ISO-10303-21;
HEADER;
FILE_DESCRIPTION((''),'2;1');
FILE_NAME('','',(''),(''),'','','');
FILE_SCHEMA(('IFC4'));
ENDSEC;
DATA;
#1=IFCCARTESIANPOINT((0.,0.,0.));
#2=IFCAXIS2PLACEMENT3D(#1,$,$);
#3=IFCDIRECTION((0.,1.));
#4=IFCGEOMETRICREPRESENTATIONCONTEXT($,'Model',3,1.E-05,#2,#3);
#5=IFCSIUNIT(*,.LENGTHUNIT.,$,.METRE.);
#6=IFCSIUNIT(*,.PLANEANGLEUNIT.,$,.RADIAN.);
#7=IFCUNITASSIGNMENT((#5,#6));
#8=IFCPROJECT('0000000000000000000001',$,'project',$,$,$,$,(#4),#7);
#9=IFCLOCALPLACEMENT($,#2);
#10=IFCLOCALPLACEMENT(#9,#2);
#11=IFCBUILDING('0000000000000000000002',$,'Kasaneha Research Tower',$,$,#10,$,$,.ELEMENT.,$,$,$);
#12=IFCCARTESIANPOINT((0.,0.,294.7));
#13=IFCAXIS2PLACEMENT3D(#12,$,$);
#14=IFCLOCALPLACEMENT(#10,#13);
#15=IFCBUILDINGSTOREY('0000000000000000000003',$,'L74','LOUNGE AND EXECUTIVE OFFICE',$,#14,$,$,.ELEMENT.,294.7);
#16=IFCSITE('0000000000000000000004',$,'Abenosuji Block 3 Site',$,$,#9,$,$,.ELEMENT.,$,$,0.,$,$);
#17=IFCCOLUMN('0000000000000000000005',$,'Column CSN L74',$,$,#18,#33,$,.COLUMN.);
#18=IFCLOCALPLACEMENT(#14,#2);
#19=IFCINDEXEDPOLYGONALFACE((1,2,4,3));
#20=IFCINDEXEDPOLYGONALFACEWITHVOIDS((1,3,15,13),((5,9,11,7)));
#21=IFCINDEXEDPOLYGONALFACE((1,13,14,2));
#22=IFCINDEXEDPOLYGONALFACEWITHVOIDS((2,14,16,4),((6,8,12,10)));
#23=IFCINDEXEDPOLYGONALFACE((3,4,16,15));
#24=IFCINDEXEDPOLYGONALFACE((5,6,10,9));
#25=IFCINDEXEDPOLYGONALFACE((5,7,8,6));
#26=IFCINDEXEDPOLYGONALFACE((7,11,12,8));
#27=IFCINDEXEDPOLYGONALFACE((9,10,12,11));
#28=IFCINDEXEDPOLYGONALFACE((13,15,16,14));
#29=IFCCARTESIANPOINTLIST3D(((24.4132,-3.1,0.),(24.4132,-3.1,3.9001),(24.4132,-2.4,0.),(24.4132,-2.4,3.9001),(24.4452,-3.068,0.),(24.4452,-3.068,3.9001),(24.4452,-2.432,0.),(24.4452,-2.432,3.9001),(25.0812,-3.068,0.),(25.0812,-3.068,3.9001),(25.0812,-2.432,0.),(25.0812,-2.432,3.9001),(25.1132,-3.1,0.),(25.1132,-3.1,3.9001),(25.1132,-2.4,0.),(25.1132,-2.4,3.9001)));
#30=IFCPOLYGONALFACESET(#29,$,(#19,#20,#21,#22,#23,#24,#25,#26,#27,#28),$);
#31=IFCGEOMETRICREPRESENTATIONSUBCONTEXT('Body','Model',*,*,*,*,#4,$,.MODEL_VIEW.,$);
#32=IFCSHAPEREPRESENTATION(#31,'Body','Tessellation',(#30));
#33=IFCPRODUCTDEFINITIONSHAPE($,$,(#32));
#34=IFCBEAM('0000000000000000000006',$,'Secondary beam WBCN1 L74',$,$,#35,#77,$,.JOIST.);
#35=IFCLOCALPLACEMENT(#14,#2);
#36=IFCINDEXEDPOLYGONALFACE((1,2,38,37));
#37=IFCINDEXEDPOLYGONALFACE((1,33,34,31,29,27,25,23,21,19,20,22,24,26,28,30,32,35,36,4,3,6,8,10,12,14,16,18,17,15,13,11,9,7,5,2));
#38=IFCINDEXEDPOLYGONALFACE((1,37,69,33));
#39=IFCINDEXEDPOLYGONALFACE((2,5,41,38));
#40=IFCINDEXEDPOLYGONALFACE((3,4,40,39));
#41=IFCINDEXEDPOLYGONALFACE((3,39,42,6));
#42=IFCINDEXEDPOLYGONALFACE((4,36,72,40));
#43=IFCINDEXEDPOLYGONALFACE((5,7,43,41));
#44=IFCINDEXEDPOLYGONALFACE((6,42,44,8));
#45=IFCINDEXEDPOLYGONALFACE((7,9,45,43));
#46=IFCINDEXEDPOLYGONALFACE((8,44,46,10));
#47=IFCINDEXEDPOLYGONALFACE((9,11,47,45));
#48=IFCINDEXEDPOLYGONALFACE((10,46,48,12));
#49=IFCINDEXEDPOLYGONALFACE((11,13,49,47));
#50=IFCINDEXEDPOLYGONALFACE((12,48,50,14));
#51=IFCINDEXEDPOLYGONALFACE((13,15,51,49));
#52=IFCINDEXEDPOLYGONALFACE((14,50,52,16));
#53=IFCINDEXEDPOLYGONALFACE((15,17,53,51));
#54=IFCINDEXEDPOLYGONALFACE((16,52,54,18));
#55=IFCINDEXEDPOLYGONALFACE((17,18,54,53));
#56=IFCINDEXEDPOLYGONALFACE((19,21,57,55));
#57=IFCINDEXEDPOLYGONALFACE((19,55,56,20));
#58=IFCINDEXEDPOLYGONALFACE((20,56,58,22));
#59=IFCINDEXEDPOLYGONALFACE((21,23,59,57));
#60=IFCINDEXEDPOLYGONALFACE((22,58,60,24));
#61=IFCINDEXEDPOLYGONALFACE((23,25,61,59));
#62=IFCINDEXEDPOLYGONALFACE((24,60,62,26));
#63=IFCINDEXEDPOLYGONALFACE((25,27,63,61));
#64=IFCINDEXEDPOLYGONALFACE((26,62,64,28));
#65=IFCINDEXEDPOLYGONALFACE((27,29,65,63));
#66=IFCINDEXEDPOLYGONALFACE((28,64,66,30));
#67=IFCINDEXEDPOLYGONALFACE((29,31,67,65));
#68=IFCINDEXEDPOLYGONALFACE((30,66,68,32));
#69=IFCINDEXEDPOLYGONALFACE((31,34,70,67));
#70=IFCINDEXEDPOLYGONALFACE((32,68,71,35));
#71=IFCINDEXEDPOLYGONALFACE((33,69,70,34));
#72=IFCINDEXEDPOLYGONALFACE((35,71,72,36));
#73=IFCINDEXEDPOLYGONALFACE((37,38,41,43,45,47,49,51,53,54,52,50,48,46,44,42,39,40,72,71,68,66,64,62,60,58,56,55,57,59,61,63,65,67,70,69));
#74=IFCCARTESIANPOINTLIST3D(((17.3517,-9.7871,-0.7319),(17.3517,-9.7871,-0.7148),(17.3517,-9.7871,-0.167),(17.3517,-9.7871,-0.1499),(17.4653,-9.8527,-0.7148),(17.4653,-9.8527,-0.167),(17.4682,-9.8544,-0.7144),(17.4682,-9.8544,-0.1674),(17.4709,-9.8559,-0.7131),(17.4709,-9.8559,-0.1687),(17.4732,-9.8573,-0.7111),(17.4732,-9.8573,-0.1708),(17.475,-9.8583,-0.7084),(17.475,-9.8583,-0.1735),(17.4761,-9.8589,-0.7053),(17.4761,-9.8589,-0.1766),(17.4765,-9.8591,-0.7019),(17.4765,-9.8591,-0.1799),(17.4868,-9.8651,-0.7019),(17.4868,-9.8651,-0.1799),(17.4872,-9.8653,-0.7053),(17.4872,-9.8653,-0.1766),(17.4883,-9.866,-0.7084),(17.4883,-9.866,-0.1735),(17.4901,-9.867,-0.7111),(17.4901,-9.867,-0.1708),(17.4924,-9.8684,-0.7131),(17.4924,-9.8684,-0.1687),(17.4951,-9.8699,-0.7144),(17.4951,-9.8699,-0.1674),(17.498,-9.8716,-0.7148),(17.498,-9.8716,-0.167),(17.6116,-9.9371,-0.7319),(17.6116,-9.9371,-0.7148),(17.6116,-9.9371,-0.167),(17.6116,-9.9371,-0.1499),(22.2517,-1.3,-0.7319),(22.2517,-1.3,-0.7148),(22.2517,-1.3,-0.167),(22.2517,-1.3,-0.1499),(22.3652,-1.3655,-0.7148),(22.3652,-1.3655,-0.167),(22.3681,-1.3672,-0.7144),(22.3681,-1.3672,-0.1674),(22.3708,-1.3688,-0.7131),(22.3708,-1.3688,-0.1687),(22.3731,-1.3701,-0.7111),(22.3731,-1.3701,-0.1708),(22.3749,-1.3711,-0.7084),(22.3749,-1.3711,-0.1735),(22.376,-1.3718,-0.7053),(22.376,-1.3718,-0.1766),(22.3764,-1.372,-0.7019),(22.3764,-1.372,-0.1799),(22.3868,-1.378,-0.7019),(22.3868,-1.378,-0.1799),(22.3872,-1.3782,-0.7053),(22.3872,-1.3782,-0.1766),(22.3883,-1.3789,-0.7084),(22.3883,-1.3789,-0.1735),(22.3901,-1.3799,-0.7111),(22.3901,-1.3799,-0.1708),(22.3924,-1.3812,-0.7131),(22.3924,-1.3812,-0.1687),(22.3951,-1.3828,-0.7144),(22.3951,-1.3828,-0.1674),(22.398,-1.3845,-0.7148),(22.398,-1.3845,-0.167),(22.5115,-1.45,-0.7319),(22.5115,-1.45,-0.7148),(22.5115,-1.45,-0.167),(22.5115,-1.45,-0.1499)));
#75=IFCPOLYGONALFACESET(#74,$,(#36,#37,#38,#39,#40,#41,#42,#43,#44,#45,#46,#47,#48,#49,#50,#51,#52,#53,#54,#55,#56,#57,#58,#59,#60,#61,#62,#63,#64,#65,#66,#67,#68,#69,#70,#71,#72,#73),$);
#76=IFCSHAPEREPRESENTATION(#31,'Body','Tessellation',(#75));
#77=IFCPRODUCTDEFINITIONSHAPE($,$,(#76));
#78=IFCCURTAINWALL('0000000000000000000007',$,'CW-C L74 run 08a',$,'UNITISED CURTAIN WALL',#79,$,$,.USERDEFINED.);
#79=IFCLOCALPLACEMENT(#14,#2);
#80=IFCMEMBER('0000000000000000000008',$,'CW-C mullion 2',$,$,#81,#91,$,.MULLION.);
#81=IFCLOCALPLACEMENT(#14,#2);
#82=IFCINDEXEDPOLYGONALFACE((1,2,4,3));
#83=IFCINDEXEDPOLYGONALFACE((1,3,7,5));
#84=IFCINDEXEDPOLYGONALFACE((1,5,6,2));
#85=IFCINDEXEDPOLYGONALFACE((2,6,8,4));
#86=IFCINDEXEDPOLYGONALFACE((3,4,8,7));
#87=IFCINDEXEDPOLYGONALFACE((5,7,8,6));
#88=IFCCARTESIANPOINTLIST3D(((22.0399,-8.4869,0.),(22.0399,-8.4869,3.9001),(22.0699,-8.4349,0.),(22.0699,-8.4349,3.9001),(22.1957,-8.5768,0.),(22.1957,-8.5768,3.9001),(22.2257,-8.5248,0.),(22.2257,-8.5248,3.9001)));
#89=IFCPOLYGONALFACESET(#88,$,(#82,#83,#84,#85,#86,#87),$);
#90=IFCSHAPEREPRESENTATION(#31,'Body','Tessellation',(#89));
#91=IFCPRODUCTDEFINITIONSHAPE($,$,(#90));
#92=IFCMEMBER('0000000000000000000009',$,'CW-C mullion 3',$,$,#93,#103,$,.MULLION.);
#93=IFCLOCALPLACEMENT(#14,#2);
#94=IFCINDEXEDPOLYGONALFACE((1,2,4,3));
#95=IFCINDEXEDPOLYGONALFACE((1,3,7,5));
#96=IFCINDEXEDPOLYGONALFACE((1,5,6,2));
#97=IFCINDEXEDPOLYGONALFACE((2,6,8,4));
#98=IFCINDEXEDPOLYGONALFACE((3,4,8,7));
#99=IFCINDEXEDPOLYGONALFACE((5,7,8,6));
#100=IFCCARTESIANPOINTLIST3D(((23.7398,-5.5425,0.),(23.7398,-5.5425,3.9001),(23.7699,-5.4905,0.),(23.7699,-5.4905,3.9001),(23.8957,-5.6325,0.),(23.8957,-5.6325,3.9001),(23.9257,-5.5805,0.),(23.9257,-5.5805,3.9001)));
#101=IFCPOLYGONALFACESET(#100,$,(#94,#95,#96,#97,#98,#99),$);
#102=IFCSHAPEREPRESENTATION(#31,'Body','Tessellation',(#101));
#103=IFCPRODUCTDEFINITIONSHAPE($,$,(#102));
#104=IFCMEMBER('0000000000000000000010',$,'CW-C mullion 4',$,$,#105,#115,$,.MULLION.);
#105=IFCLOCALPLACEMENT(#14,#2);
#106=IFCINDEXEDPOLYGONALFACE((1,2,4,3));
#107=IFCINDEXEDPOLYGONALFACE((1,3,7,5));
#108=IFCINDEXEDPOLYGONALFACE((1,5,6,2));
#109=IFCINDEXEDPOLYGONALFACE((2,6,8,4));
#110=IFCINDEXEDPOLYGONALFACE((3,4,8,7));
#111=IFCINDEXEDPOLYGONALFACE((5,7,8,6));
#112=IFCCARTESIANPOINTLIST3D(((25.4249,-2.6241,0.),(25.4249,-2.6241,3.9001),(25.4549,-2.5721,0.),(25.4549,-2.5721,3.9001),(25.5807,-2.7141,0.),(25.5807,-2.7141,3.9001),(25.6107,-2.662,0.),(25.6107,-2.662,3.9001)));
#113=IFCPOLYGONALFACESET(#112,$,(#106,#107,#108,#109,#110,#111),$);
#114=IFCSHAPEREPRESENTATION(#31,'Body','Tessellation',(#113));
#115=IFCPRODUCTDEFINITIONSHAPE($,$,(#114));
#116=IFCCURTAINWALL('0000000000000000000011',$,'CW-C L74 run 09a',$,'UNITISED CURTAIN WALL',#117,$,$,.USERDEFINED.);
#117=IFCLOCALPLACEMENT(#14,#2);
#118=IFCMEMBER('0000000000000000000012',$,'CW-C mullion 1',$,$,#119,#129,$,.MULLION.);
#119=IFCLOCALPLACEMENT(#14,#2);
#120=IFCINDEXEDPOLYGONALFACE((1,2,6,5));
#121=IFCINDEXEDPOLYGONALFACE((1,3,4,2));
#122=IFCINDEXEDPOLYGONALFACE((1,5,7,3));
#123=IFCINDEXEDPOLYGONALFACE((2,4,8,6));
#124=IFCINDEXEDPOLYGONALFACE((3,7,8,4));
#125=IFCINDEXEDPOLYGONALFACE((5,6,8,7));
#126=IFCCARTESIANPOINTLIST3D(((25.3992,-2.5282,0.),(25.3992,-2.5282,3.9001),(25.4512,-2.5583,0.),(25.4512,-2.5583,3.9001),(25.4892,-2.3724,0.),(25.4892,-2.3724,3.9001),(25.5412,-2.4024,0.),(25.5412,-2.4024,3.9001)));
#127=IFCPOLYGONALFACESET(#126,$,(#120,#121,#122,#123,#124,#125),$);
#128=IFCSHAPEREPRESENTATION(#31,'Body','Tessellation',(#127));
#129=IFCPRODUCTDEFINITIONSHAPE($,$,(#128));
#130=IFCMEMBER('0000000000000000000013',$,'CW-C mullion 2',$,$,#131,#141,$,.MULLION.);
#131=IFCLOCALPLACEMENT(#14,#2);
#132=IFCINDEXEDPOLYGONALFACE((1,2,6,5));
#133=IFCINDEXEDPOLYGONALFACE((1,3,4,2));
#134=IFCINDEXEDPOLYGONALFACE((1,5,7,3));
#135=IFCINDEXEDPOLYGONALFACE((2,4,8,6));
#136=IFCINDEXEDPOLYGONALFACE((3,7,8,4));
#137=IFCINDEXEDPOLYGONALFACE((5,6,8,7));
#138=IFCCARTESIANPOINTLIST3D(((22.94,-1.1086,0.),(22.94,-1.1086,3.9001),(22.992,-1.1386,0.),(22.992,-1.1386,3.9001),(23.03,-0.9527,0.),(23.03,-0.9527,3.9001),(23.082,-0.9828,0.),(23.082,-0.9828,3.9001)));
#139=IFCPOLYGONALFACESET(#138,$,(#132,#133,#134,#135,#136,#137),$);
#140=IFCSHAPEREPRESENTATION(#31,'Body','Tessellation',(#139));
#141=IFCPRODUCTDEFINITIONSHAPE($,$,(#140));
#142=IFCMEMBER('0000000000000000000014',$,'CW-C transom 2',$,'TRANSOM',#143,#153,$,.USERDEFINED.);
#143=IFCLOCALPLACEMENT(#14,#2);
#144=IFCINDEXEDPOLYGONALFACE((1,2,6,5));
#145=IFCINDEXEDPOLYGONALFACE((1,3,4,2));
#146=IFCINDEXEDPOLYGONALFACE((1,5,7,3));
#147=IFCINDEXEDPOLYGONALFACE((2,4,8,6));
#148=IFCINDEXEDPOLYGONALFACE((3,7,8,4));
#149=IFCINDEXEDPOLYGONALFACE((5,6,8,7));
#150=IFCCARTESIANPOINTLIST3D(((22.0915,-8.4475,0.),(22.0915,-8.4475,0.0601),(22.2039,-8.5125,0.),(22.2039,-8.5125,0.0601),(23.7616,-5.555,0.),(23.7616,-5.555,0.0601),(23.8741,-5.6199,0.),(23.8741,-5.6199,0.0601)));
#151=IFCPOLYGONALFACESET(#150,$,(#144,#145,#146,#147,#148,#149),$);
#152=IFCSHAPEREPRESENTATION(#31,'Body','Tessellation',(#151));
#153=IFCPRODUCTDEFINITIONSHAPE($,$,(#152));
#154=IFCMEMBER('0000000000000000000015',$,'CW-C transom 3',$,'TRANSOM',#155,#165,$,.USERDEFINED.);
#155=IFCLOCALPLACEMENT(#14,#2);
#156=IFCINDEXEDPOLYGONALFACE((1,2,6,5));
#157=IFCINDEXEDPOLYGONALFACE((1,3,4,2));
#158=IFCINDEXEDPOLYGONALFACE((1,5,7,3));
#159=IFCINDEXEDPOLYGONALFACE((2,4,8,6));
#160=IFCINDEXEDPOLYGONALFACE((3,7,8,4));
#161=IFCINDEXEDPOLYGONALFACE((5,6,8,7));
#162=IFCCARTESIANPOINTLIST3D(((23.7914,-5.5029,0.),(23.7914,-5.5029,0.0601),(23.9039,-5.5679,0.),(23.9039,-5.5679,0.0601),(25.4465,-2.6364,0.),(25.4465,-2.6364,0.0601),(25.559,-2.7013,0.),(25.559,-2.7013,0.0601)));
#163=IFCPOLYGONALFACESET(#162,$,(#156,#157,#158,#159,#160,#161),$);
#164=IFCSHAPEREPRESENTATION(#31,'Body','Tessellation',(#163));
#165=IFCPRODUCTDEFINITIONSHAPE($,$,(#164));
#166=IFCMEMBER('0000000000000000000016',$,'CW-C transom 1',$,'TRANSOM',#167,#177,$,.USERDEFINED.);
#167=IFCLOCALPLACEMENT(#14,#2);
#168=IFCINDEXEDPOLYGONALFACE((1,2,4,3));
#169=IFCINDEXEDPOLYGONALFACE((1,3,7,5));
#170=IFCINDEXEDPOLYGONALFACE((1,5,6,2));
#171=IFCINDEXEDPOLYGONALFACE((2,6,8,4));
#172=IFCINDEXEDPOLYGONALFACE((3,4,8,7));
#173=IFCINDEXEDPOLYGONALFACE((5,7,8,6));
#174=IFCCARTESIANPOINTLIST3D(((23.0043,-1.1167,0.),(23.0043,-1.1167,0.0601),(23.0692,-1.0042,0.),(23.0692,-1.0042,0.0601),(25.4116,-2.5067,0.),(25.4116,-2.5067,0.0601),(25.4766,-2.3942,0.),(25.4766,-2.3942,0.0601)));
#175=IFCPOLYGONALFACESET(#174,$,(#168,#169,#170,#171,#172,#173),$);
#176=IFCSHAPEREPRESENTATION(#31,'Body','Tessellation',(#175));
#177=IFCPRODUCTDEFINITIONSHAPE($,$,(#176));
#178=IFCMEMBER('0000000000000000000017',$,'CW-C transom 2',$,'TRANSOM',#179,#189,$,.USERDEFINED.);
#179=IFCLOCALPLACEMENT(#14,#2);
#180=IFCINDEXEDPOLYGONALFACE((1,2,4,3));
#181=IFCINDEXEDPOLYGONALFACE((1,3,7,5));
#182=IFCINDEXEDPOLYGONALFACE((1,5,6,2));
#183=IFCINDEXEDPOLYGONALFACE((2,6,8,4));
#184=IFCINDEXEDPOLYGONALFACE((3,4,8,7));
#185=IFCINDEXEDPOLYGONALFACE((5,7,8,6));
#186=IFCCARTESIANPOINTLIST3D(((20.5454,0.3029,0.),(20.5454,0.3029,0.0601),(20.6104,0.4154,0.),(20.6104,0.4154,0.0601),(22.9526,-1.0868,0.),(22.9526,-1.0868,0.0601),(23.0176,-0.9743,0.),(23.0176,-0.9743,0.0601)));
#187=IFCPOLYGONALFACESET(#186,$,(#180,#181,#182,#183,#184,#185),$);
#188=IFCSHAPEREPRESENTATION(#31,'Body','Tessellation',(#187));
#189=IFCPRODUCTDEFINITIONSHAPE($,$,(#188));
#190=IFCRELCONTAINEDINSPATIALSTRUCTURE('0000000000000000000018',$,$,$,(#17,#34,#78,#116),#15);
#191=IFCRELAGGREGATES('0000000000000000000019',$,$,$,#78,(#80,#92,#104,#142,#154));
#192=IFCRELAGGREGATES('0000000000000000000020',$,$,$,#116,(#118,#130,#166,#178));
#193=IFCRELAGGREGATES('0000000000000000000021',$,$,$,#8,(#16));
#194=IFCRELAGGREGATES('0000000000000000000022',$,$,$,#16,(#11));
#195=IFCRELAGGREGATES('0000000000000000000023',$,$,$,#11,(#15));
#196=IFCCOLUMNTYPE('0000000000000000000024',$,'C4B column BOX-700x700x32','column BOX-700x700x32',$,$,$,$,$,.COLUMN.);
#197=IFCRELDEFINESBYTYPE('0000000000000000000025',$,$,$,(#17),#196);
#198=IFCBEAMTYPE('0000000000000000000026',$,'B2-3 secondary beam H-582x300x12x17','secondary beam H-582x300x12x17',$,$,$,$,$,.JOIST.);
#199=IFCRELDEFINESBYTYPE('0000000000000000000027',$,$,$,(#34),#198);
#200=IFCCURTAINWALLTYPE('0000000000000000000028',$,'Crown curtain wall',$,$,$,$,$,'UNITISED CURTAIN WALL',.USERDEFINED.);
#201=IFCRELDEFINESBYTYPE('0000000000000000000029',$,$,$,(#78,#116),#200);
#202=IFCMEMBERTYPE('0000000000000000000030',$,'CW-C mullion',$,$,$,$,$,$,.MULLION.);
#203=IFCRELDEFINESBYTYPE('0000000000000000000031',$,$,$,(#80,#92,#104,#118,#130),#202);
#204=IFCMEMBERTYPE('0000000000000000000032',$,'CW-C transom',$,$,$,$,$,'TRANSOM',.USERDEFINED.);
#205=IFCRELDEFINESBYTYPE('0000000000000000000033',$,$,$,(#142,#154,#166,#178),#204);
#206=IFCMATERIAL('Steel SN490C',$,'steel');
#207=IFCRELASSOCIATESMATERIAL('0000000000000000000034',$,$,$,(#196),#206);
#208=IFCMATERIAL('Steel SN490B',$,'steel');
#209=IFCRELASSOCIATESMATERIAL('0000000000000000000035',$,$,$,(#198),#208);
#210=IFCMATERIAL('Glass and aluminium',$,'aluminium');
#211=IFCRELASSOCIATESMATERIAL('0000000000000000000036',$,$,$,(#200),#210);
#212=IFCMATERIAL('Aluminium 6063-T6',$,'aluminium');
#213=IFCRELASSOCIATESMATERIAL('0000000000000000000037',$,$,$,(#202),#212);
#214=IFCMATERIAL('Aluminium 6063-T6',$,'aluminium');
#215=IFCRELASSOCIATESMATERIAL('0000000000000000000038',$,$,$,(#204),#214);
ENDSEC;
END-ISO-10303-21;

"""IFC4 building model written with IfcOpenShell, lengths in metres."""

from ifc_helpers import new_model, si_unit, direction, frame, origin, origin_2d, place, context, subcontext, project, spatial, rectangle, hollow_rectangle, i_section, extrude, material, material_profile, profile_set, type_object, element, aggregate, save


model = new_model("IFC4")

# Units and contexts
model_context = context("Model", 3, precision=1e-05, world=origin(), true_north=direction((0.0, 1.0)))
body_context = subcontext(model_context, "Body", "Model", "MODEL_VIEW")
ifc_project = project(units=[si_unit("LENGTHUNIT", "METRE"), si_unit("PLANEANGLEUNIT", "RADIAN")], contexts=[model_context])

# Site, building, storey
site_placement = place(None, origin())
site = spatial("IfcSite", under=ifc_project, at=site_placement, Name="Abenosuji Block 3 Site", CompositionType="ELEMENT", RefElevation=0.0)
building_placement = place(site_placement, origin())
building = spatial("IfcBuilding", under=site, at=building_placement, Name="Kasaneha Research Tower", CompositionType="ELEMENT")
storey_placement = place(building_placement, frame((0.0, 0.0, 294.7)))
storey = spatial("IfcBuildingStorey", under=building, at=storey_placement, Name="L74", Description="LOUNGE AND EXECUTIVE OFFICE", CompositionType="ELEMENT", Elevation=294.7)

# Column
ifc_material_1 = material(Name="Steel SN490C", Category="steel")
ifc_material_profile_1 = material_profile(ifc_material_1, hollow_rectangle(XDim=0.7, YDim=0.7, WallThickness=0.032, at=origin_2d()), Name="BOX-700x700x32")
ifc_profile_set_1 = profile_set([ifc_material_profile_1], Name="Steel SN490C")
column_type = type_object("IfcColumnType", Name="C4B column BOX-700x700x32", Description="column BOX-700x700x32", PredefinedType="COLUMN", material=ifc_profile_set_1)
column_placement = place(storey_placement, frame((24.7632, -2.75, 0.0), z_axis=(0.0, 0.0, 1.0), x_axis=(1.0, 0.0, 0.0)))
element("IfcColumn", 1, at=column_placement, inside=storey, type_object=column_type, Name="Column CSN L74", PredefinedType="COLUMN", context=body_context, shape_type="SweptSolid", body=[
    extrude(hollow_rectangle(XDim=0.7, YDim=0.7, WallThickness=0.032, at=origin_2d()), origin(), (0.0, 0.0, 1.0), 3.9001),
])

# Beam
ifc_material_2 = material(Name="Steel SN490B", Category="steel")
ifc_material_profile_2 = material_profile(ifc_material_2, i_section(OverallWidth=0.3, OverallDepth=0.582, WebThickness=0.012, FlangeThickness=0.0171, FilletRadius=0.0129, at=origin_2d()), Name="H-582x300x12x17")
ifc_profile_set_2 = profile_set([ifc_material_profile_2], Name="Steel SN490B")
beam_type_1 = type_object("IfcBeamType", Name="B2-3 secondary beam H-582x300x12x17", Description="secondary beam H-582x300x12x17", PredefinedType="JOIST", material=ifc_profile_set_2)
beam_1_placement = place(storey_placement, frame((22.3816, -1.375, -0.4409), z_axis=(-0.499992, -0.86603, 0.0), x_axis=(0.86603, -0.499992, 0.0)))
element("IfcBeam", 2, at=beam_1_placement, inside=storey, type_object=beam_type_1, Name="Secondary beam WBCN1 L74", PredefinedType="JOIST", context=body_context, shape_type="SweptSolid", body=[
    extrude(i_section(OverallWidth=0.3, OverallDepth=0.582, WebThickness=0.012, FlangeThickness=0.0171, FilletRadius=0.0129, at=origin_2d()), origin(), (0.0, 0.0, 1.0), 9.8),
])

# Curtain walls, members
ifc_material_3 = material(Name="Glass and aluminium", Category="aluminium")
curtain_wall_type = type_object("IfcCurtainWallType", Name="Crown curtain wall", ElementType="UNITISED CURTAIN WALL", PredefinedType="USERDEFINED", material=ifc_material_3)
curtain_wall_1_placement = place(storey_placement, origin())
curtain_wall_1 = element("IfcCurtainWall", 3, at=curtain_wall_1_placement, inside=storey, type_object=curtain_wall_type, Name="CW-C L74 run 08a", ObjectType="UNITISED CURTAIN WALL", PredefinedType="USERDEFINED")
ifc_material_4 = material(Name="Aluminium 6063-T6", Category="aluminium")
ifc_material_profile_3 = material_profile(ifc_material_4, rectangle(XDim=0.0601, YDim=0.1799, at=origin_2d()), Name="CW-C mullion 60x180")
ifc_profile_set_3 = profile_set([ifc_material_profile_3], Name="Aluminium 6063-T6")
member_type_1 = type_object("IfcMemberType", Name="CW-C mullion", PredefinedType="MULLION", material=ifc_profile_set_3)
member_1_placement = place(storey_placement, frame((22.1328, -8.5059, 0.0), z_axis=(0.0, 0.0, 1.0), x_axis=(0.5, 0.866025, 0.0)))
member_1 = element("IfcMember", 4, at=member_1_placement, type_object=member_type_1, Name="CW-C mullion 2", PredefinedType="MULLION", context=body_context, shape_type="SweptSolid", body=[
    extrude(rectangle(XDim=0.0601, YDim=0.1799, at=origin_2d()), origin(), (0.0, 0.0, 1.0), 3.9001),
])
member_2_placement = place(storey_placement, frame((23.8328, -5.5615, 0.0), z_axis=(0.0, 0.0, 1.0), x_axis=(0.5, 0.866025, 0.0)))
member_2 = element("IfcMember", 5, at=member_2_placement, type_object=member_type_1, Name="CW-C mullion 3", PredefinedType="MULLION", context=body_context, shape_type="SweptSolid", body=[
    extrude(rectangle(XDim=0.0601, YDim=0.1799, at=origin_2d()), origin(), (0.0, 0.0, 1.0), 3.9001),
])
member_3_placement = place(storey_placement, frame((25.5178, -2.6431, 0.0), z_axis=(0.0, 0.0, 1.0), x_axis=(0.5, 0.866025, 0.0)))
member_3 = element("IfcMember", 6, at=member_3_placement, type_object=member_type_1, Name="CW-C mullion 4", PredefinedType="MULLION", context=body_context, shape_type="SweptSolid", body=[
    extrude(rectangle(XDim=0.0601, YDim=0.1799, at=origin_2d()), origin(), (0.0, 0.0, 1.0), 3.9001),
])
curtain_wall_2_placement = place(storey_placement, origin())
curtain_wall_2 = element("IfcCurtainWall", 7, at=curtain_wall_2_placement, inside=storey, type_object=curtain_wall_type, Name="CW-C L74 run 09a", ObjectType="UNITISED CURTAIN WALL", PredefinedType="USERDEFINED")
member_4_placement = place(storey_placement, frame((25.4702, -2.4653, 0.0), z_axis=(0.0, 0.0, 1.0), x_axis=(-0.866025, 0.5, 0.0)))
member_4 = element("IfcMember", 8, at=member_4_placement, type_object=member_type_1, Name="CW-C mullion 1", PredefinedType="MULLION", context=body_context, shape_type="SweptSolid", body=[
    extrude(rectangle(XDim=0.0601, YDim=0.1799, at=origin_2d()), origin(), (0.0, 0.0, 1.0), 3.9001),
])
member_5_placement = place(storey_placement, frame((23.011, -1.0457, 0.0), z_axis=(0.0, 0.0, 1.0), x_axis=(-0.866025, 0.5, 0.0)))
member_5 = element("IfcMember", 9, at=member_5_placement, type_object=member_type_1, Name="CW-C mullion 2", PredefinedType="MULLION", context=body_context, shape_type="SweptSolid", body=[
    extrude(rectangle(XDim=0.0601, YDim=0.1799, at=origin_2d()), origin(), (0.0, 0.0, 1.0), 3.9001),
])

# Members
ifc_material_5 = material(Name="Aluminium 6063-T6", Category="aluminium")
ifc_material_profile_4 = material_profile(ifc_material_5, rectangle(XDim=0.1299, YDim=0.0601, at=origin_2d()), Name="CW-C transom 130x60")
ifc_profile_set_4 = profile_set([ifc_material_profile_4], Name="Aluminium 6063-T6")
member_type_2 = type_object("IfcMemberType", Name="CW-C transom", ElementType="TRANSOM", PredefinedType="USERDEFINED", material=ifc_profile_set_4)
member_6_placement = place(storey_placement, frame((22.1477, -8.48, 0.03), z_axis=(0.50003, 0.866008, 0.0), x_axis=(-0.866008, 0.50003, 0.0)))
member_6 = element("IfcMember", 10, at=member_6_placement, type_object=member_type_2, Name="CW-C transom 2", ObjectType="TRANSOM", PredefinedType="USERDEFINED", context=body_context, shape_type="SweptSolid", body=[
    extrude(rectangle(XDim=0.1299, YDim=0.0601, at=origin_2d()), origin(), (0.0, 0.0, 1.0), 3.3401),
])
member_7_placement = place(storey_placement, frame((23.8477, -5.5354, 0.03), z_axis=(0.500018, 0.866015, 0.0), x_axis=(-0.866015, 0.500018, 0.0)))
member_7 = element("IfcMember", 11, at=member_7_placement, type_object=member_type_2, Name="CW-C transom 3", ObjectType="TRANSOM", PredefinedType="USERDEFINED", context=body_context, shape_type="SweptSolid", body=[
    extrude(rectangle(XDim=0.1299, YDim=0.0601, at=origin_2d()), origin(), (0.0, 0.0, 1.0), 3.3101),
])
member_8_placement = place(storey_placement, frame((25.4441, -2.4504, 0.03), z_axis=(-0.866013, 0.500021, 0.0), x_axis=(-0.500021, -0.866013, 0.0)))
member_8 = element("IfcMember", 12, at=member_8_placement, type_object=member_type_2, Name="CW-C transom 1", ObjectType="TRANSOM", PredefinedType="USERDEFINED", context=body_context, shape_type="SweptSolid", body=[
    extrude(rectangle(XDim=0.1299, YDim=0.0601, at=origin_2d()), origin(), (0.0, 0.0, 1.0), 2.7798),
])
member_9_placement = place(storey_placement, frame((22.9851, -1.0305, 0.03), z_axis=(-0.866051, 0.499956, 0.0), x_axis=(-0.499956, -0.866051, 0.0)))
member_9 = element("IfcMember", 13, at=member_9_placement, type_object=member_type_2, Name="CW-C transom 2", ObjectType="TRANSOM", PredefinedType="USERDEFINED", context=body_context, shape_type="SweptSolid", body=[
    extrude(rectangle(XDim=0.1299, YDim=0.0601, at=origin_2d()), origin(), (0.0, 0.0, 1.0), 2.7795),
])

aggregate(curtain_wall_1, [member_1, member_2, member_3, member_6, member_7])
aggregate(curtain_wall_2, [member_4, member_5, member_8, member_9])

save(model, "model.ifc")
